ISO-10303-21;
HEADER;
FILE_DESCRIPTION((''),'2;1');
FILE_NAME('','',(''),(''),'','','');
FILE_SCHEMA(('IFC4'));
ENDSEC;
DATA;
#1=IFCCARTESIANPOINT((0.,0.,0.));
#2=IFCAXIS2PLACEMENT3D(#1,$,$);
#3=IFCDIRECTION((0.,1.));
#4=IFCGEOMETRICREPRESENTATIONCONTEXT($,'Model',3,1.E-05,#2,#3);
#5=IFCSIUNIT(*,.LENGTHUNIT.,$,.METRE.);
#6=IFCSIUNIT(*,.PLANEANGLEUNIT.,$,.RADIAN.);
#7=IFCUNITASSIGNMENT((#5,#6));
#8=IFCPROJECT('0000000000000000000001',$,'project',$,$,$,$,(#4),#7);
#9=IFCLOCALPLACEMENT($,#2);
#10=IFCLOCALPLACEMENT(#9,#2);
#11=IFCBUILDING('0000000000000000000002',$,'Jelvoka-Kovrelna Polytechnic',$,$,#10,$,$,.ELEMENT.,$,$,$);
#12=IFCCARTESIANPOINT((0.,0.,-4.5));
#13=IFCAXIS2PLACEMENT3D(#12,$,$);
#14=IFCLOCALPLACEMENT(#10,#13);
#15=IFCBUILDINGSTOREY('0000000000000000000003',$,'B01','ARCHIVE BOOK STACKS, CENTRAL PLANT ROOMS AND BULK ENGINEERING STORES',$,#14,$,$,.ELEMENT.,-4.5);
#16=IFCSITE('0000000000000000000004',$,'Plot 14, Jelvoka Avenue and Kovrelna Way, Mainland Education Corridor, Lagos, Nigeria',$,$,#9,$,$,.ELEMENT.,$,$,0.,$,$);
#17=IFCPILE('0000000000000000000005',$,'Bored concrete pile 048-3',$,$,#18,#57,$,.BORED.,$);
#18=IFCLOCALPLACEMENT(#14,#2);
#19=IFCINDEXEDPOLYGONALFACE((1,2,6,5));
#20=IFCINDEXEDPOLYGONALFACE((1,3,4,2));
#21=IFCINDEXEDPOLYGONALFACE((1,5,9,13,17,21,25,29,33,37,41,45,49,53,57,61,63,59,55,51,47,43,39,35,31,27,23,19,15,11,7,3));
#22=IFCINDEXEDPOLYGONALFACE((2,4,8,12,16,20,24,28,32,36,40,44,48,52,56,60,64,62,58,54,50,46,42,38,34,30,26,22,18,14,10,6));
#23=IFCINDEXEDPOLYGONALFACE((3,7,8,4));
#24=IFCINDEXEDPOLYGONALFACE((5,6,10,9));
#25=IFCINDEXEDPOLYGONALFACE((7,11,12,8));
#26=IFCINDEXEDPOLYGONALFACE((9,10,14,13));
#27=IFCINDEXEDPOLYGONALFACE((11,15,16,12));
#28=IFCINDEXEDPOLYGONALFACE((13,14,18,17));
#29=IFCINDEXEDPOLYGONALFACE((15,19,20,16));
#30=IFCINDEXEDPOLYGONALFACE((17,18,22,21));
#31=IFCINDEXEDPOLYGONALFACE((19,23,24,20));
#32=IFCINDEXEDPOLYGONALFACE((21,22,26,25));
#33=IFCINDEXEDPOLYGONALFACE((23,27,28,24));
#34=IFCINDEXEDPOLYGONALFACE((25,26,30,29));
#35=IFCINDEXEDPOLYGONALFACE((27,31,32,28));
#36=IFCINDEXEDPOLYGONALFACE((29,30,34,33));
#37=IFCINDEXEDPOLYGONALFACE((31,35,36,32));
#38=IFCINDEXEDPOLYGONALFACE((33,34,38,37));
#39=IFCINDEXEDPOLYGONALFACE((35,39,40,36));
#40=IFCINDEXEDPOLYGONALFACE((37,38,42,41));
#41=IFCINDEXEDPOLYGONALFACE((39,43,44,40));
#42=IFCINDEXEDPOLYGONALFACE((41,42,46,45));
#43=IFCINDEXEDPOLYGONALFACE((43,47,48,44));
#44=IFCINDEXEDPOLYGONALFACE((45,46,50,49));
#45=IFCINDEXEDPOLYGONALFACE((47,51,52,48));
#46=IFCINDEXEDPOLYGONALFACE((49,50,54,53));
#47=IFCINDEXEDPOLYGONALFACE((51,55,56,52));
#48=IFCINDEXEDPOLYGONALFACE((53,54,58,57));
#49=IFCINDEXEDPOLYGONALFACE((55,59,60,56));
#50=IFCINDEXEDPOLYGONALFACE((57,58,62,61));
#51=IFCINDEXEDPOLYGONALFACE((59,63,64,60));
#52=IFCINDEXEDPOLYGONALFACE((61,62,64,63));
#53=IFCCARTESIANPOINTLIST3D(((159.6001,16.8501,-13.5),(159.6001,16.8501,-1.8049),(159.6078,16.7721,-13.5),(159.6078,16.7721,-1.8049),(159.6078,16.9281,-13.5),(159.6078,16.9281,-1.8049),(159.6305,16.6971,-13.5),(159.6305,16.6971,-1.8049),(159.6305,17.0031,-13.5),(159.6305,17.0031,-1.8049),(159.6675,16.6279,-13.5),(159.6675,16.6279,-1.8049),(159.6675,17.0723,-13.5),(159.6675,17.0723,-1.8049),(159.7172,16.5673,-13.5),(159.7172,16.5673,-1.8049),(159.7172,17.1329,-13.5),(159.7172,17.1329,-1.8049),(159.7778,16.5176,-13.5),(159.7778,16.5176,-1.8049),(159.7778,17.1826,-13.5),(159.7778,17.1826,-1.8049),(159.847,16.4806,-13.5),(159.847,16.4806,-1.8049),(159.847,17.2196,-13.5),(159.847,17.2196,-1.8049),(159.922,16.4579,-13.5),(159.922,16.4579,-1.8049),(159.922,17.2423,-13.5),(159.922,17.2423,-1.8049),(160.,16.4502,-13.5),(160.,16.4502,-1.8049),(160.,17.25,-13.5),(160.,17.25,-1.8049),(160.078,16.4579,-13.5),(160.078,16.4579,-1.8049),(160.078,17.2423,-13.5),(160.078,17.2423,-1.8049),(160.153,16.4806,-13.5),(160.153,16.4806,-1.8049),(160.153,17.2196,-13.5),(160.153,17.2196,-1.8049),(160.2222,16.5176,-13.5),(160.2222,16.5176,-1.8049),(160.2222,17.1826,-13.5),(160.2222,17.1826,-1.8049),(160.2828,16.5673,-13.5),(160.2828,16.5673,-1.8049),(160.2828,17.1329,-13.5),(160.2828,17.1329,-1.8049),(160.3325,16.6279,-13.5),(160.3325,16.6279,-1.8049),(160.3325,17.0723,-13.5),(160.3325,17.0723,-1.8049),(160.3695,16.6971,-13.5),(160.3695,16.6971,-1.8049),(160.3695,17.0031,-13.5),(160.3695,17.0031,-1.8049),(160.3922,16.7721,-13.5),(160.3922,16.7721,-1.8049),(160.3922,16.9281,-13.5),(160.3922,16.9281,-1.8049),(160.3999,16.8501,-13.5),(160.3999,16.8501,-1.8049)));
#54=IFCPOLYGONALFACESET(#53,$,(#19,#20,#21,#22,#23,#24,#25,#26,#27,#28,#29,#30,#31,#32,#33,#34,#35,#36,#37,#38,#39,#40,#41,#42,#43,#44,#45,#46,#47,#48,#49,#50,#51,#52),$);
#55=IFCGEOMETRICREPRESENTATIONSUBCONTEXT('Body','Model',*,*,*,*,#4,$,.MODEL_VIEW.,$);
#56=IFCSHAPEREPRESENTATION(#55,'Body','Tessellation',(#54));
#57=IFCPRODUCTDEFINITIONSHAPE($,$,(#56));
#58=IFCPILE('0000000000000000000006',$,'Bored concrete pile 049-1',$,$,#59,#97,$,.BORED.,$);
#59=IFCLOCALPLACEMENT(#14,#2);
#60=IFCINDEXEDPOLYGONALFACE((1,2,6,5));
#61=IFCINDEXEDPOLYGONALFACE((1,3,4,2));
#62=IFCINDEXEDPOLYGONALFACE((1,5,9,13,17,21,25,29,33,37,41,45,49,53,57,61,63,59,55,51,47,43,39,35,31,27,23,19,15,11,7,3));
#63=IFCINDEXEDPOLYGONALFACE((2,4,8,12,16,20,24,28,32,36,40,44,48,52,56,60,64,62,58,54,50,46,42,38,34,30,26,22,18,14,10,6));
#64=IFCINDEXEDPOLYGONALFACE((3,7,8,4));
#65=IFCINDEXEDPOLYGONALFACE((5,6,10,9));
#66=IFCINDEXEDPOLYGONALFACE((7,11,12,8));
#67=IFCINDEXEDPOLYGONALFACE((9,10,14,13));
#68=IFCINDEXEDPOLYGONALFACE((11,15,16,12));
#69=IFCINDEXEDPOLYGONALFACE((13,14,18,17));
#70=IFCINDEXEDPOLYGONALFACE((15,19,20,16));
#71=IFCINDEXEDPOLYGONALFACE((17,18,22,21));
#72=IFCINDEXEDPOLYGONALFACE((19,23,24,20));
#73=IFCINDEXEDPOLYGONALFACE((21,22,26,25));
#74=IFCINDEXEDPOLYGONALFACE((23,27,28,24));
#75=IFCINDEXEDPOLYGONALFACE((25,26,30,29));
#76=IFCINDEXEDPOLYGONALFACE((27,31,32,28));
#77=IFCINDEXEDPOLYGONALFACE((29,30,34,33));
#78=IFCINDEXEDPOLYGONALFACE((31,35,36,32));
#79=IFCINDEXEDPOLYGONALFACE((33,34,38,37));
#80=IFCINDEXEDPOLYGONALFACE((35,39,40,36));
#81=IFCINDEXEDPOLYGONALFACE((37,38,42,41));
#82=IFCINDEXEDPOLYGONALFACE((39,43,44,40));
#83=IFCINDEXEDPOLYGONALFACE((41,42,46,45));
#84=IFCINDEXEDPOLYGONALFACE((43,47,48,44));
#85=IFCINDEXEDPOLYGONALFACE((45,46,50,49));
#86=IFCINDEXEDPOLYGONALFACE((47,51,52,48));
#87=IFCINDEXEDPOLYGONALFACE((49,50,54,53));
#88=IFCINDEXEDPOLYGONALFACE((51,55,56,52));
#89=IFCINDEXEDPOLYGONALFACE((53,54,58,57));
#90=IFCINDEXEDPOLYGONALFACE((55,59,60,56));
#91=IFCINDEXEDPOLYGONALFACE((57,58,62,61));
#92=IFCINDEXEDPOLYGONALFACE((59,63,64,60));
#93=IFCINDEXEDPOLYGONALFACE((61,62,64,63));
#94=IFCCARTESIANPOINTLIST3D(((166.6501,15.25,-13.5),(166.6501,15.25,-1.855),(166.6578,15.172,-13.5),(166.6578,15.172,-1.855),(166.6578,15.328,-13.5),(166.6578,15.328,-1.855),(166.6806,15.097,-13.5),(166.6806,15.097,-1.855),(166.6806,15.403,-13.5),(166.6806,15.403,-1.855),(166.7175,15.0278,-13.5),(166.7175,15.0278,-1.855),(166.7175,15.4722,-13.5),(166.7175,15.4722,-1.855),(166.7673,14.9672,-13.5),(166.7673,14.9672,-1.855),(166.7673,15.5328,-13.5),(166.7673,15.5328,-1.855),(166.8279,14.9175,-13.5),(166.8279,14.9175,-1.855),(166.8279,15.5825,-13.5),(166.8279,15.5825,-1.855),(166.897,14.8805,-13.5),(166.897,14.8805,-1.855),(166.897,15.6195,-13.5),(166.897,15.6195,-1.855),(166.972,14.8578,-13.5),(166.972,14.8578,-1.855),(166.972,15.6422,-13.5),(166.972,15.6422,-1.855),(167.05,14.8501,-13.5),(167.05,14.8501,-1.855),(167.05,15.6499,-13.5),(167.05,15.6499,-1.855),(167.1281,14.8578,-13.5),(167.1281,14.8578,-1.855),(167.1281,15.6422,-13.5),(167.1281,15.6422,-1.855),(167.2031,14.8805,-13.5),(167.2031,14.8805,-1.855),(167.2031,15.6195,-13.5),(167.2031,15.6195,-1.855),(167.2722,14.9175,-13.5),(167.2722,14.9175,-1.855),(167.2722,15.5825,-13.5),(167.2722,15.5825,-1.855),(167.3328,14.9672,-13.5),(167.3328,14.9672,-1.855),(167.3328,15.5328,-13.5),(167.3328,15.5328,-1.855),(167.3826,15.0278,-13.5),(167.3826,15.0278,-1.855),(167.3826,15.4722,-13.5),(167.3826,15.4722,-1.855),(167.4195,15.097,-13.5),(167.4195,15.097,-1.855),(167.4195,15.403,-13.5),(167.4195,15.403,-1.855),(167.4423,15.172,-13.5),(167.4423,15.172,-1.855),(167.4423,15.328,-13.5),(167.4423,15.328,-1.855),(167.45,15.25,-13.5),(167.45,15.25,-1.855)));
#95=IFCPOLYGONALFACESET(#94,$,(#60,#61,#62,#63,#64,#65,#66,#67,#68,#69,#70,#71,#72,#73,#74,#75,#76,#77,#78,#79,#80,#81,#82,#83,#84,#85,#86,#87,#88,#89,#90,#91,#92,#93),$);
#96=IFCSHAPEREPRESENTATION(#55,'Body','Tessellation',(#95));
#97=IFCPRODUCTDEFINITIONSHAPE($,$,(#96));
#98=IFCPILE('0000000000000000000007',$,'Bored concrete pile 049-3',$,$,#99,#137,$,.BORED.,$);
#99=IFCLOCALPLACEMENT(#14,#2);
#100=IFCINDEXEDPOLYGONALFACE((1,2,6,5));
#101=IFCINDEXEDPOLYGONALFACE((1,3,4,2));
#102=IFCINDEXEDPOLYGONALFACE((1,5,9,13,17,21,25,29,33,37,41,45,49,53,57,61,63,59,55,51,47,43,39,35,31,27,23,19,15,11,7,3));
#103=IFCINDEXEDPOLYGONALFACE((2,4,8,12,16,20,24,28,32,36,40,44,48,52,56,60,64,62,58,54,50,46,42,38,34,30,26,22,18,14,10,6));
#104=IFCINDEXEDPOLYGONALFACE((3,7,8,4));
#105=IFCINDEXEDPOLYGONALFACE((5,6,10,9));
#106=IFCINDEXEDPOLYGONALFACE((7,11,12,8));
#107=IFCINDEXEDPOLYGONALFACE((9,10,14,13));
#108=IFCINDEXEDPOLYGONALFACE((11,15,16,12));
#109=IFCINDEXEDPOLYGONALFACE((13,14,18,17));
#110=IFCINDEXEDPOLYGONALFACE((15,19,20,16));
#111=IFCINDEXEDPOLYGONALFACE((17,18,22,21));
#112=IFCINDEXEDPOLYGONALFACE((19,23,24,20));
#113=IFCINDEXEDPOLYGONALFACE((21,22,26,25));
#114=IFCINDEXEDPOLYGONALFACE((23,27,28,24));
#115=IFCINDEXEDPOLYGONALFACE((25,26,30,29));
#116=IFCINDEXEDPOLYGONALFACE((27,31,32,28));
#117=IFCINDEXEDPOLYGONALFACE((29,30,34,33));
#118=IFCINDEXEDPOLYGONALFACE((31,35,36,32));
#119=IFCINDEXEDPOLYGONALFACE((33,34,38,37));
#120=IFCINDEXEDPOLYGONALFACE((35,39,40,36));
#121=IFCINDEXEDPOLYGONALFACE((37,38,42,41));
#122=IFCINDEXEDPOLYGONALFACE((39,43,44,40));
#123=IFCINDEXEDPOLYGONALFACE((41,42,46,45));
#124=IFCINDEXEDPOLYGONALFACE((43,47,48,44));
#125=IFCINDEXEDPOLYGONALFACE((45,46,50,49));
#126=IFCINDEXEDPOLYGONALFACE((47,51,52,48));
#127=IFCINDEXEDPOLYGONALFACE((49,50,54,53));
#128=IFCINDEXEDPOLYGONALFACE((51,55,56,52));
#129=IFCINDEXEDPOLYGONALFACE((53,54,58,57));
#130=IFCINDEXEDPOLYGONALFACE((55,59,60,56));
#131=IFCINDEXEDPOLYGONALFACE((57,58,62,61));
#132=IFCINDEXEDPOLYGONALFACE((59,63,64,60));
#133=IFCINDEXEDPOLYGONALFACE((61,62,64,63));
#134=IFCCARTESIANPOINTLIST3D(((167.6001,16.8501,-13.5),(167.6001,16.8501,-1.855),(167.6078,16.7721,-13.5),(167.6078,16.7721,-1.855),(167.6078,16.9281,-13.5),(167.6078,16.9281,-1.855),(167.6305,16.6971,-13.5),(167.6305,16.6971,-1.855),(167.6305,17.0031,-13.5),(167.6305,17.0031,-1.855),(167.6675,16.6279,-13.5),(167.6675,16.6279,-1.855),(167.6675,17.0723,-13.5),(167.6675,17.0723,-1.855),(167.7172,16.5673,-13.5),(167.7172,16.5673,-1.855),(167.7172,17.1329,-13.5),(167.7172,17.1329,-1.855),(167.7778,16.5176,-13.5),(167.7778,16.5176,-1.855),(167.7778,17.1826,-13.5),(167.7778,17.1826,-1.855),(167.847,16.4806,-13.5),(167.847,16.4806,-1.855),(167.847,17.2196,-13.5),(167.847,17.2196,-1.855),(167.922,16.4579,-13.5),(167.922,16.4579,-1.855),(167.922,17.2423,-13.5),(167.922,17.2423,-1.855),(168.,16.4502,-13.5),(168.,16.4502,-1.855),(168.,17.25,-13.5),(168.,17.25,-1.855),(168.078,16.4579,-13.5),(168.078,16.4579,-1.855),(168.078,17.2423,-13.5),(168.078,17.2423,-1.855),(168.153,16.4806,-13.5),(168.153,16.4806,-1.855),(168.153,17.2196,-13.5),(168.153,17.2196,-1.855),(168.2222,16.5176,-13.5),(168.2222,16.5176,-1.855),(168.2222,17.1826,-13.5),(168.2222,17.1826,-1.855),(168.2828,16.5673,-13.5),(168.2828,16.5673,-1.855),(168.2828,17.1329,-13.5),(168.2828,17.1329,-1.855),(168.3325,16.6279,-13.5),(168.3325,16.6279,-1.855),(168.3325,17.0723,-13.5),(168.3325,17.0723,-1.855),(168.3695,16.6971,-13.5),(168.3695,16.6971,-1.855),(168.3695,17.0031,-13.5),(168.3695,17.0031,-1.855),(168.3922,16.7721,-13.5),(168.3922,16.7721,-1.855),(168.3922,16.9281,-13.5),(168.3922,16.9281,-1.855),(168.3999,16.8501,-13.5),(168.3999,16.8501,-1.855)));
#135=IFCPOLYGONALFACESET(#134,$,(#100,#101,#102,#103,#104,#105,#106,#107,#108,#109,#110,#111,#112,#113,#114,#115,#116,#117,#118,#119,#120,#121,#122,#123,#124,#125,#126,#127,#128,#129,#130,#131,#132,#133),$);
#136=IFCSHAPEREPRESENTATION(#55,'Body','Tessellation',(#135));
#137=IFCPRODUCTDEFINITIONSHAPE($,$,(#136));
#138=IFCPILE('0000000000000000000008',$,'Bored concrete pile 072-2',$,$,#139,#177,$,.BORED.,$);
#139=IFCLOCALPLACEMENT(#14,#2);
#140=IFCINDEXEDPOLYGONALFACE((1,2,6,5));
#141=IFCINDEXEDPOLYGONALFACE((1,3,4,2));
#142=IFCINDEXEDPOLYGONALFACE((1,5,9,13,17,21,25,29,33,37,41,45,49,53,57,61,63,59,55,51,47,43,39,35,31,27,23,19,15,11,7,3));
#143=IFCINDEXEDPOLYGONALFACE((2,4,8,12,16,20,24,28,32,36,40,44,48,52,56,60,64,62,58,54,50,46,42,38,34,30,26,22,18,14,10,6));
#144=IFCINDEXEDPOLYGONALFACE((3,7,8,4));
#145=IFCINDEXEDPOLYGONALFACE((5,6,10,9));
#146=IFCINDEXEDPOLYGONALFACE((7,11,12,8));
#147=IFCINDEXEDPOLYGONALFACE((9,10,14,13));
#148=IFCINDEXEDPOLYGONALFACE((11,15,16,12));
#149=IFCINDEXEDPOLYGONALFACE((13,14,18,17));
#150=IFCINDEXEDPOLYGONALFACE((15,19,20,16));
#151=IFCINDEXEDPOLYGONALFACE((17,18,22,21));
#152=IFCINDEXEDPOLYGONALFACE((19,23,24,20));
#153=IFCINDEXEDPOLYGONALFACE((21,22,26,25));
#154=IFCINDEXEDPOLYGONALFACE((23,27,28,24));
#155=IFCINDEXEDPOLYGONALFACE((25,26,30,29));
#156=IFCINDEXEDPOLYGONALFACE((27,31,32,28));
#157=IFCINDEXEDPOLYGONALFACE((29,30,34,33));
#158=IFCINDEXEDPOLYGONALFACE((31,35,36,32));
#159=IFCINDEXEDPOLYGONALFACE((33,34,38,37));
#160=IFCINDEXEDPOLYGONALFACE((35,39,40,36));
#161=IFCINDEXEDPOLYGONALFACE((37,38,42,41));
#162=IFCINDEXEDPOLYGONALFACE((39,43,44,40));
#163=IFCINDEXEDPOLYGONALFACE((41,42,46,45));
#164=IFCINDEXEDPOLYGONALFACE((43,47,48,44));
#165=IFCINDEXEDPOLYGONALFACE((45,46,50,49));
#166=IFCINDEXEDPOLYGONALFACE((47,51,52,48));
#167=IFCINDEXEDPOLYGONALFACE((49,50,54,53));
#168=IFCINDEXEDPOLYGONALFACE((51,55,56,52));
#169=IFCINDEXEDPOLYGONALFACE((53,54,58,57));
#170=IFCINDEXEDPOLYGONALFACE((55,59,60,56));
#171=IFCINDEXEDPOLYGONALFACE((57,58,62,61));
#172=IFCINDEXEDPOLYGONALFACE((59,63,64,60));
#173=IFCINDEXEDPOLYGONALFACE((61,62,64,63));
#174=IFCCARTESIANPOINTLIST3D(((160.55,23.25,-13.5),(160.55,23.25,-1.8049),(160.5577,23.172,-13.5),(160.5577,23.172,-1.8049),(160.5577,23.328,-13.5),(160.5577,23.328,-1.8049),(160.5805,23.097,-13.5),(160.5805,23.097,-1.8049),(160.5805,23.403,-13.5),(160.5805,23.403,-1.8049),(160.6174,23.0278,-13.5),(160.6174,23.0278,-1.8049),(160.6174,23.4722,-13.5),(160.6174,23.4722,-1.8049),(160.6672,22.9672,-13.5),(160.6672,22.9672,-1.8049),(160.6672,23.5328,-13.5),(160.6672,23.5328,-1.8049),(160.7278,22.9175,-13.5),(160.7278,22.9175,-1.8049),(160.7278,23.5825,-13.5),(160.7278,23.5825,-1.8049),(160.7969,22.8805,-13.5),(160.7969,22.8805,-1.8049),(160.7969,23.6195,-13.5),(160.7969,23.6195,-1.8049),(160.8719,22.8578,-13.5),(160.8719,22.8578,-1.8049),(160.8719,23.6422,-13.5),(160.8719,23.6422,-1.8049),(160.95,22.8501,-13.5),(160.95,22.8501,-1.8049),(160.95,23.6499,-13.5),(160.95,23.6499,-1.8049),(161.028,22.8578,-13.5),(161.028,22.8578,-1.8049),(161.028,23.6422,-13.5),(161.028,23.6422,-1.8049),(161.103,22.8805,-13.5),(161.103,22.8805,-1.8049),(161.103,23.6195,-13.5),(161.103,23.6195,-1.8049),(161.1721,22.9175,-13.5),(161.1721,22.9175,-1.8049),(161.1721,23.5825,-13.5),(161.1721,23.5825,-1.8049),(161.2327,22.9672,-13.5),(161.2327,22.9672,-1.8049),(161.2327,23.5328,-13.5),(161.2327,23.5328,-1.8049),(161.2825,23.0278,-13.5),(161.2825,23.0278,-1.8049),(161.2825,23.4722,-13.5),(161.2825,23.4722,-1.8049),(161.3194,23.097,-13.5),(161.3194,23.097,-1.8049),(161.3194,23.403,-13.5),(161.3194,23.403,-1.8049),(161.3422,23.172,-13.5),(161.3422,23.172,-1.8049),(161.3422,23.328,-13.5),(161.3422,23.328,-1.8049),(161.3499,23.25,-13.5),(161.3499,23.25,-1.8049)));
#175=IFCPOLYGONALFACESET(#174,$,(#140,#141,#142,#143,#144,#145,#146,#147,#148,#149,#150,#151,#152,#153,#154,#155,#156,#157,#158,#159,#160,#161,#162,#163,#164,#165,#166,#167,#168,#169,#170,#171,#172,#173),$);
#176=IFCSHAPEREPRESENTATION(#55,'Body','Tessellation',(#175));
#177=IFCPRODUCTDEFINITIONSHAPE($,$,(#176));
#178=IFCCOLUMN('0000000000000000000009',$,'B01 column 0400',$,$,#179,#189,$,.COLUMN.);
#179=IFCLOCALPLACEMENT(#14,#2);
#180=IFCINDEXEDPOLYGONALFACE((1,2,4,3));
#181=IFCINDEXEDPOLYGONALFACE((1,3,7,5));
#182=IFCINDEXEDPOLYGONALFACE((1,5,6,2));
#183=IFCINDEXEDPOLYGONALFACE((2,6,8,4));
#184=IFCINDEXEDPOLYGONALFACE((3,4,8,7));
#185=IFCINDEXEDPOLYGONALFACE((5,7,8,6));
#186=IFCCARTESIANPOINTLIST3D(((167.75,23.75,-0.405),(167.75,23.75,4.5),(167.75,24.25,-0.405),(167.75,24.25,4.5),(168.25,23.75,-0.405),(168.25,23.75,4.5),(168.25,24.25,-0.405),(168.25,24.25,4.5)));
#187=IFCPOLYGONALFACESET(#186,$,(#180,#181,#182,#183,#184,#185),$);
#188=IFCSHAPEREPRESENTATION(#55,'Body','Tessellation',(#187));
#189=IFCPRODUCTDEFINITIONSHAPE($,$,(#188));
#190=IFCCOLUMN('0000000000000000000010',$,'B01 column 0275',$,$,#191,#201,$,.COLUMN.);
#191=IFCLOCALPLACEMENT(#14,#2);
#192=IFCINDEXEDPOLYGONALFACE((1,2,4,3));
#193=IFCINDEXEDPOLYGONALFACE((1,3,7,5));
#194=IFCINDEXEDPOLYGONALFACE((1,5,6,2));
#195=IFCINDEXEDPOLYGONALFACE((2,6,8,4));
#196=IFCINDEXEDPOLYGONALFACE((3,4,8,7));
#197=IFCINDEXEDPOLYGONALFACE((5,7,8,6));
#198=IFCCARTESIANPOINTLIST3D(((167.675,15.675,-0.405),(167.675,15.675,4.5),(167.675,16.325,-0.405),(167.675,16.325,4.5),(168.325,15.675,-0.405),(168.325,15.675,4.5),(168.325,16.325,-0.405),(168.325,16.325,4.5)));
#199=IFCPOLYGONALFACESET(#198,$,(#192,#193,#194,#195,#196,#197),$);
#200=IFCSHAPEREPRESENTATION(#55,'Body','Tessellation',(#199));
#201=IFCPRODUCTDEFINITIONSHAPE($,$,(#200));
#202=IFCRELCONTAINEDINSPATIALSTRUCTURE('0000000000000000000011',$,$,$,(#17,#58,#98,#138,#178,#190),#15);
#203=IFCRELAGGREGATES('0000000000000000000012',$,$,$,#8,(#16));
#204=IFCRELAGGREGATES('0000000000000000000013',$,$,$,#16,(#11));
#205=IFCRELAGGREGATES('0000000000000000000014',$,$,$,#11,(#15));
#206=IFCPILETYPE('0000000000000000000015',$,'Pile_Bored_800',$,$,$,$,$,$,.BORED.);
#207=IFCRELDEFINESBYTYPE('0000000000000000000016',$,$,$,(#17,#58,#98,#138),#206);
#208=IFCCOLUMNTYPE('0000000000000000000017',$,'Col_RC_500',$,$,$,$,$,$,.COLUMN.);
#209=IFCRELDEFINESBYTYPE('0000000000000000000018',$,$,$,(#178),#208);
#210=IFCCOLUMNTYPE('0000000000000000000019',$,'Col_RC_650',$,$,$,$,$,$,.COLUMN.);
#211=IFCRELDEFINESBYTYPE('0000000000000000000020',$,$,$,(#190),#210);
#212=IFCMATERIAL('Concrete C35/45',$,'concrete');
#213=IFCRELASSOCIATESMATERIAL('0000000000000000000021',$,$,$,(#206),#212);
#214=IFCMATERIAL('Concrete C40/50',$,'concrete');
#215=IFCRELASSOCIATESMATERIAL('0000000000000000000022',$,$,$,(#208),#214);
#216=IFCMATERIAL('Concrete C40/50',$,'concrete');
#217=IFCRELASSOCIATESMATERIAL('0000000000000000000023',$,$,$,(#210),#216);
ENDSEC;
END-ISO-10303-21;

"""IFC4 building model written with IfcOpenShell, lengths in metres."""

from ifc_helpers import new_model, si_unit, direction, frame, origin, origin_2d, place, context, subcontext, project, spatial, rectangle, circle, extrude, material, material_profile, profile_set, type_object, element, save


model = new_model("IFC4")

# Units and contexts
model_context = context("Model", 3, precision=1e-05, world=origin(), true_north=direction((0.0, 1.0)))
body_context = subcontext(model_context, "Body", "Model", "MODEL_VIEW")
ifc_project = project(units=[si_unit("LENGTHUNIT", "METRE"), si_unit("PLANEANGLEUNIT", "RADIAN")], contexts=[model_context])

# Site, building, storey
site_placement = place(None, origin())
site = spatial("IfcSite", under=ifc_project, at=site_placement, Name="Plot 14, Jelvoka Avenue and Kovrelna Way, Mainland Education Corridor, Lagos, Nigeria", CompositionType="ELEMENT", RefElevation=0.0)
building_placement = place(site_placement, origin())
building = spatial("IfcBuilding", under=site, at=building_placement, Name="Jelvoka-Kovrelna Polytechnic", CompositionType="ELEMENT")
storey_placement = place(building_placement, frame((0.0, 0.0, -4.5)))
storey = spatial("IfcBuildingStorey", under=building, at=storey_placement, Name="B01", Description="ARCHIVE BOOK STACKS, CENTRAL PLANT ROOMS AND BULK ENGINEERING STORES", CompositionType="ELEMENT", Elevation=-4.5)

# Piles
ifc_material_1 = material(Name="Concrete C35/45", Category="concrete")
ifc_material_profile_1 = material_profile(ifc_material_1, circle(Radius=0.3999, at=origin_2d()), Name="PILE D800")
ifc_profile_set_1 = profile_set([ifc_material_profile_1], Name="Concrete C35/45")
pile_type_1 = type_object("IfcPileType", Name="Pile_Bored_800", PredefinedType="BORED", material=ifc_profile_set_1)
for number, where, z_axis, x_axis, name in (
    (1, (160.0, 16.8501, -1.8049), (0.0, 0.0, -1.0), (1.0, 0.0, 0.0), "Bored concrete pile 048-3"),
):
    element("IfcPile", number, at=place(storey_placement, frame(where, z_axis=z_axis, x_axis=x_axis)), inside=storey, type_object=pile_type_1, Name=name, PredefinedType="BORED", context=body_context, shape_type="SweptSolid", body=[
        extrude(circle(Radius=0.3999, at=origin_2d()), origin(), (0.0, 0.0, 1.0), 11.6951),
    ])
for number, where, z_axis, x_axis, name in (
    (2, (167.05, 15.25, -1.855), (0.0, 0.0, -1.0), (1.0, 0.0, 0.0), "Bored concrete pile 049-1"),
    (3, (168.0, 16.8501, -1.855), (0.0, 0.0, -1.0), (1.0, 0.0, 0.0), "Bored concrete pile 049-3"),
):
    element("IfcPile", number, at=place(storey_placement, frame(where, z_axis=z_axis, x_axis=x_axis)), inside=storey, type_object=pile_type_1, Name=name, PredefinedType="BORED", context=body_context, shape_type="SweptSolid", body=[
        extrude(circle(Radius=0.3999, at=origin_2d()), origin(), (0.0, 0.0, 1.0), 11.645),
    ])
pile_1_placement = place(storey_placement, frame((160.95, 23.25, -1.8049), z_axis=(0.0, 0.0, -1.0), x_axis=(1.0, 0.0, 0.0)))
element("IfcPile", 4, at=pile_1_placement, inside=storey, type_object=pile_type_1, Name="Bored concrete pile 072-2", PredefinedType="BORED", context=body_context, shape_type="SweptSolid", body=[
    extrude(circle(Radius=0.3999, at=origin_2d()), origin(), (0.0, 0.0, 1.0), 11.6951),
])

# Columns
ifc_material_2 = material(Name="Concrete C40/50", Category="concrete")
ifc_material_profile_2 = material_profile(ifc_material_2, rectangle(XDim=0.5, YDim=0.5, at=origin_2d()), Name="RC 500x500")
ifc_profile_set_2 = profile_set([ifc_material_profile_2], Name="Concrete C40/50")
column_type_1 = type_object("IfcColumnType", Name="Col_RC_500", PredefinedType="COLUMN", material=ifc_profile_set_2)
column_1_placement = place(storey_placement, frame((168.0, 24.0, -0.405), z_axis=(0.0, 0.0, 1.0), x_axis=(1.0, 0.0, 0.0)))
element("IfcColumn", 5, at=column_1_placement, inside=storey, type_object=column_type_1, Name="B01 column 0400", PredefinedType="COLUMN", context=body_context, shape_type="SweptSolid", body=[
    extrude(rectangle(XDim=0.5, YDim=0.5, at=origin_2d()), origin(), (0.0, 0.0, 1.0), 4.905),
])
ifc_material_3 = material(Name="Concrete C40/50", Category="concrete")
ifc_material_profile_3 = material_profile(ifc_material_3, rectangle(XDim=0.6499, YDim=0.6499, at=origin_2d()), Name="RC 650x650")
ifc_profile_set_3 = profile_set([ifc_material_profile_3], Name="Concrete C40/50")
column_type_2 = type_object("IfcColumnType", Name="Col_RC_650", PredefinedType="COLUMN", material=ifc_profile_set_3)
column_2_placement = place(storey_placement, frame((168.0, 16.0, -0.405), z_axis=(0.0, 0.0, 1.0), x_axis=(1.0, 0.0, 0.0)))
element("IfcColumn", 6, at=column_2_placement, inside=storey, type_object=column_type_2, Name="B01 column 0275", PredefinedType="COLUMN", context=body_context, shape_type="SweptSolid", body=[
    extrude(rectangle(XDim=0.6499, YDim=0.6499, at=origin_2d()), origin(), (0.0, 0.0, 1.0), 4.905),
])

save(model, "model.ifc")
